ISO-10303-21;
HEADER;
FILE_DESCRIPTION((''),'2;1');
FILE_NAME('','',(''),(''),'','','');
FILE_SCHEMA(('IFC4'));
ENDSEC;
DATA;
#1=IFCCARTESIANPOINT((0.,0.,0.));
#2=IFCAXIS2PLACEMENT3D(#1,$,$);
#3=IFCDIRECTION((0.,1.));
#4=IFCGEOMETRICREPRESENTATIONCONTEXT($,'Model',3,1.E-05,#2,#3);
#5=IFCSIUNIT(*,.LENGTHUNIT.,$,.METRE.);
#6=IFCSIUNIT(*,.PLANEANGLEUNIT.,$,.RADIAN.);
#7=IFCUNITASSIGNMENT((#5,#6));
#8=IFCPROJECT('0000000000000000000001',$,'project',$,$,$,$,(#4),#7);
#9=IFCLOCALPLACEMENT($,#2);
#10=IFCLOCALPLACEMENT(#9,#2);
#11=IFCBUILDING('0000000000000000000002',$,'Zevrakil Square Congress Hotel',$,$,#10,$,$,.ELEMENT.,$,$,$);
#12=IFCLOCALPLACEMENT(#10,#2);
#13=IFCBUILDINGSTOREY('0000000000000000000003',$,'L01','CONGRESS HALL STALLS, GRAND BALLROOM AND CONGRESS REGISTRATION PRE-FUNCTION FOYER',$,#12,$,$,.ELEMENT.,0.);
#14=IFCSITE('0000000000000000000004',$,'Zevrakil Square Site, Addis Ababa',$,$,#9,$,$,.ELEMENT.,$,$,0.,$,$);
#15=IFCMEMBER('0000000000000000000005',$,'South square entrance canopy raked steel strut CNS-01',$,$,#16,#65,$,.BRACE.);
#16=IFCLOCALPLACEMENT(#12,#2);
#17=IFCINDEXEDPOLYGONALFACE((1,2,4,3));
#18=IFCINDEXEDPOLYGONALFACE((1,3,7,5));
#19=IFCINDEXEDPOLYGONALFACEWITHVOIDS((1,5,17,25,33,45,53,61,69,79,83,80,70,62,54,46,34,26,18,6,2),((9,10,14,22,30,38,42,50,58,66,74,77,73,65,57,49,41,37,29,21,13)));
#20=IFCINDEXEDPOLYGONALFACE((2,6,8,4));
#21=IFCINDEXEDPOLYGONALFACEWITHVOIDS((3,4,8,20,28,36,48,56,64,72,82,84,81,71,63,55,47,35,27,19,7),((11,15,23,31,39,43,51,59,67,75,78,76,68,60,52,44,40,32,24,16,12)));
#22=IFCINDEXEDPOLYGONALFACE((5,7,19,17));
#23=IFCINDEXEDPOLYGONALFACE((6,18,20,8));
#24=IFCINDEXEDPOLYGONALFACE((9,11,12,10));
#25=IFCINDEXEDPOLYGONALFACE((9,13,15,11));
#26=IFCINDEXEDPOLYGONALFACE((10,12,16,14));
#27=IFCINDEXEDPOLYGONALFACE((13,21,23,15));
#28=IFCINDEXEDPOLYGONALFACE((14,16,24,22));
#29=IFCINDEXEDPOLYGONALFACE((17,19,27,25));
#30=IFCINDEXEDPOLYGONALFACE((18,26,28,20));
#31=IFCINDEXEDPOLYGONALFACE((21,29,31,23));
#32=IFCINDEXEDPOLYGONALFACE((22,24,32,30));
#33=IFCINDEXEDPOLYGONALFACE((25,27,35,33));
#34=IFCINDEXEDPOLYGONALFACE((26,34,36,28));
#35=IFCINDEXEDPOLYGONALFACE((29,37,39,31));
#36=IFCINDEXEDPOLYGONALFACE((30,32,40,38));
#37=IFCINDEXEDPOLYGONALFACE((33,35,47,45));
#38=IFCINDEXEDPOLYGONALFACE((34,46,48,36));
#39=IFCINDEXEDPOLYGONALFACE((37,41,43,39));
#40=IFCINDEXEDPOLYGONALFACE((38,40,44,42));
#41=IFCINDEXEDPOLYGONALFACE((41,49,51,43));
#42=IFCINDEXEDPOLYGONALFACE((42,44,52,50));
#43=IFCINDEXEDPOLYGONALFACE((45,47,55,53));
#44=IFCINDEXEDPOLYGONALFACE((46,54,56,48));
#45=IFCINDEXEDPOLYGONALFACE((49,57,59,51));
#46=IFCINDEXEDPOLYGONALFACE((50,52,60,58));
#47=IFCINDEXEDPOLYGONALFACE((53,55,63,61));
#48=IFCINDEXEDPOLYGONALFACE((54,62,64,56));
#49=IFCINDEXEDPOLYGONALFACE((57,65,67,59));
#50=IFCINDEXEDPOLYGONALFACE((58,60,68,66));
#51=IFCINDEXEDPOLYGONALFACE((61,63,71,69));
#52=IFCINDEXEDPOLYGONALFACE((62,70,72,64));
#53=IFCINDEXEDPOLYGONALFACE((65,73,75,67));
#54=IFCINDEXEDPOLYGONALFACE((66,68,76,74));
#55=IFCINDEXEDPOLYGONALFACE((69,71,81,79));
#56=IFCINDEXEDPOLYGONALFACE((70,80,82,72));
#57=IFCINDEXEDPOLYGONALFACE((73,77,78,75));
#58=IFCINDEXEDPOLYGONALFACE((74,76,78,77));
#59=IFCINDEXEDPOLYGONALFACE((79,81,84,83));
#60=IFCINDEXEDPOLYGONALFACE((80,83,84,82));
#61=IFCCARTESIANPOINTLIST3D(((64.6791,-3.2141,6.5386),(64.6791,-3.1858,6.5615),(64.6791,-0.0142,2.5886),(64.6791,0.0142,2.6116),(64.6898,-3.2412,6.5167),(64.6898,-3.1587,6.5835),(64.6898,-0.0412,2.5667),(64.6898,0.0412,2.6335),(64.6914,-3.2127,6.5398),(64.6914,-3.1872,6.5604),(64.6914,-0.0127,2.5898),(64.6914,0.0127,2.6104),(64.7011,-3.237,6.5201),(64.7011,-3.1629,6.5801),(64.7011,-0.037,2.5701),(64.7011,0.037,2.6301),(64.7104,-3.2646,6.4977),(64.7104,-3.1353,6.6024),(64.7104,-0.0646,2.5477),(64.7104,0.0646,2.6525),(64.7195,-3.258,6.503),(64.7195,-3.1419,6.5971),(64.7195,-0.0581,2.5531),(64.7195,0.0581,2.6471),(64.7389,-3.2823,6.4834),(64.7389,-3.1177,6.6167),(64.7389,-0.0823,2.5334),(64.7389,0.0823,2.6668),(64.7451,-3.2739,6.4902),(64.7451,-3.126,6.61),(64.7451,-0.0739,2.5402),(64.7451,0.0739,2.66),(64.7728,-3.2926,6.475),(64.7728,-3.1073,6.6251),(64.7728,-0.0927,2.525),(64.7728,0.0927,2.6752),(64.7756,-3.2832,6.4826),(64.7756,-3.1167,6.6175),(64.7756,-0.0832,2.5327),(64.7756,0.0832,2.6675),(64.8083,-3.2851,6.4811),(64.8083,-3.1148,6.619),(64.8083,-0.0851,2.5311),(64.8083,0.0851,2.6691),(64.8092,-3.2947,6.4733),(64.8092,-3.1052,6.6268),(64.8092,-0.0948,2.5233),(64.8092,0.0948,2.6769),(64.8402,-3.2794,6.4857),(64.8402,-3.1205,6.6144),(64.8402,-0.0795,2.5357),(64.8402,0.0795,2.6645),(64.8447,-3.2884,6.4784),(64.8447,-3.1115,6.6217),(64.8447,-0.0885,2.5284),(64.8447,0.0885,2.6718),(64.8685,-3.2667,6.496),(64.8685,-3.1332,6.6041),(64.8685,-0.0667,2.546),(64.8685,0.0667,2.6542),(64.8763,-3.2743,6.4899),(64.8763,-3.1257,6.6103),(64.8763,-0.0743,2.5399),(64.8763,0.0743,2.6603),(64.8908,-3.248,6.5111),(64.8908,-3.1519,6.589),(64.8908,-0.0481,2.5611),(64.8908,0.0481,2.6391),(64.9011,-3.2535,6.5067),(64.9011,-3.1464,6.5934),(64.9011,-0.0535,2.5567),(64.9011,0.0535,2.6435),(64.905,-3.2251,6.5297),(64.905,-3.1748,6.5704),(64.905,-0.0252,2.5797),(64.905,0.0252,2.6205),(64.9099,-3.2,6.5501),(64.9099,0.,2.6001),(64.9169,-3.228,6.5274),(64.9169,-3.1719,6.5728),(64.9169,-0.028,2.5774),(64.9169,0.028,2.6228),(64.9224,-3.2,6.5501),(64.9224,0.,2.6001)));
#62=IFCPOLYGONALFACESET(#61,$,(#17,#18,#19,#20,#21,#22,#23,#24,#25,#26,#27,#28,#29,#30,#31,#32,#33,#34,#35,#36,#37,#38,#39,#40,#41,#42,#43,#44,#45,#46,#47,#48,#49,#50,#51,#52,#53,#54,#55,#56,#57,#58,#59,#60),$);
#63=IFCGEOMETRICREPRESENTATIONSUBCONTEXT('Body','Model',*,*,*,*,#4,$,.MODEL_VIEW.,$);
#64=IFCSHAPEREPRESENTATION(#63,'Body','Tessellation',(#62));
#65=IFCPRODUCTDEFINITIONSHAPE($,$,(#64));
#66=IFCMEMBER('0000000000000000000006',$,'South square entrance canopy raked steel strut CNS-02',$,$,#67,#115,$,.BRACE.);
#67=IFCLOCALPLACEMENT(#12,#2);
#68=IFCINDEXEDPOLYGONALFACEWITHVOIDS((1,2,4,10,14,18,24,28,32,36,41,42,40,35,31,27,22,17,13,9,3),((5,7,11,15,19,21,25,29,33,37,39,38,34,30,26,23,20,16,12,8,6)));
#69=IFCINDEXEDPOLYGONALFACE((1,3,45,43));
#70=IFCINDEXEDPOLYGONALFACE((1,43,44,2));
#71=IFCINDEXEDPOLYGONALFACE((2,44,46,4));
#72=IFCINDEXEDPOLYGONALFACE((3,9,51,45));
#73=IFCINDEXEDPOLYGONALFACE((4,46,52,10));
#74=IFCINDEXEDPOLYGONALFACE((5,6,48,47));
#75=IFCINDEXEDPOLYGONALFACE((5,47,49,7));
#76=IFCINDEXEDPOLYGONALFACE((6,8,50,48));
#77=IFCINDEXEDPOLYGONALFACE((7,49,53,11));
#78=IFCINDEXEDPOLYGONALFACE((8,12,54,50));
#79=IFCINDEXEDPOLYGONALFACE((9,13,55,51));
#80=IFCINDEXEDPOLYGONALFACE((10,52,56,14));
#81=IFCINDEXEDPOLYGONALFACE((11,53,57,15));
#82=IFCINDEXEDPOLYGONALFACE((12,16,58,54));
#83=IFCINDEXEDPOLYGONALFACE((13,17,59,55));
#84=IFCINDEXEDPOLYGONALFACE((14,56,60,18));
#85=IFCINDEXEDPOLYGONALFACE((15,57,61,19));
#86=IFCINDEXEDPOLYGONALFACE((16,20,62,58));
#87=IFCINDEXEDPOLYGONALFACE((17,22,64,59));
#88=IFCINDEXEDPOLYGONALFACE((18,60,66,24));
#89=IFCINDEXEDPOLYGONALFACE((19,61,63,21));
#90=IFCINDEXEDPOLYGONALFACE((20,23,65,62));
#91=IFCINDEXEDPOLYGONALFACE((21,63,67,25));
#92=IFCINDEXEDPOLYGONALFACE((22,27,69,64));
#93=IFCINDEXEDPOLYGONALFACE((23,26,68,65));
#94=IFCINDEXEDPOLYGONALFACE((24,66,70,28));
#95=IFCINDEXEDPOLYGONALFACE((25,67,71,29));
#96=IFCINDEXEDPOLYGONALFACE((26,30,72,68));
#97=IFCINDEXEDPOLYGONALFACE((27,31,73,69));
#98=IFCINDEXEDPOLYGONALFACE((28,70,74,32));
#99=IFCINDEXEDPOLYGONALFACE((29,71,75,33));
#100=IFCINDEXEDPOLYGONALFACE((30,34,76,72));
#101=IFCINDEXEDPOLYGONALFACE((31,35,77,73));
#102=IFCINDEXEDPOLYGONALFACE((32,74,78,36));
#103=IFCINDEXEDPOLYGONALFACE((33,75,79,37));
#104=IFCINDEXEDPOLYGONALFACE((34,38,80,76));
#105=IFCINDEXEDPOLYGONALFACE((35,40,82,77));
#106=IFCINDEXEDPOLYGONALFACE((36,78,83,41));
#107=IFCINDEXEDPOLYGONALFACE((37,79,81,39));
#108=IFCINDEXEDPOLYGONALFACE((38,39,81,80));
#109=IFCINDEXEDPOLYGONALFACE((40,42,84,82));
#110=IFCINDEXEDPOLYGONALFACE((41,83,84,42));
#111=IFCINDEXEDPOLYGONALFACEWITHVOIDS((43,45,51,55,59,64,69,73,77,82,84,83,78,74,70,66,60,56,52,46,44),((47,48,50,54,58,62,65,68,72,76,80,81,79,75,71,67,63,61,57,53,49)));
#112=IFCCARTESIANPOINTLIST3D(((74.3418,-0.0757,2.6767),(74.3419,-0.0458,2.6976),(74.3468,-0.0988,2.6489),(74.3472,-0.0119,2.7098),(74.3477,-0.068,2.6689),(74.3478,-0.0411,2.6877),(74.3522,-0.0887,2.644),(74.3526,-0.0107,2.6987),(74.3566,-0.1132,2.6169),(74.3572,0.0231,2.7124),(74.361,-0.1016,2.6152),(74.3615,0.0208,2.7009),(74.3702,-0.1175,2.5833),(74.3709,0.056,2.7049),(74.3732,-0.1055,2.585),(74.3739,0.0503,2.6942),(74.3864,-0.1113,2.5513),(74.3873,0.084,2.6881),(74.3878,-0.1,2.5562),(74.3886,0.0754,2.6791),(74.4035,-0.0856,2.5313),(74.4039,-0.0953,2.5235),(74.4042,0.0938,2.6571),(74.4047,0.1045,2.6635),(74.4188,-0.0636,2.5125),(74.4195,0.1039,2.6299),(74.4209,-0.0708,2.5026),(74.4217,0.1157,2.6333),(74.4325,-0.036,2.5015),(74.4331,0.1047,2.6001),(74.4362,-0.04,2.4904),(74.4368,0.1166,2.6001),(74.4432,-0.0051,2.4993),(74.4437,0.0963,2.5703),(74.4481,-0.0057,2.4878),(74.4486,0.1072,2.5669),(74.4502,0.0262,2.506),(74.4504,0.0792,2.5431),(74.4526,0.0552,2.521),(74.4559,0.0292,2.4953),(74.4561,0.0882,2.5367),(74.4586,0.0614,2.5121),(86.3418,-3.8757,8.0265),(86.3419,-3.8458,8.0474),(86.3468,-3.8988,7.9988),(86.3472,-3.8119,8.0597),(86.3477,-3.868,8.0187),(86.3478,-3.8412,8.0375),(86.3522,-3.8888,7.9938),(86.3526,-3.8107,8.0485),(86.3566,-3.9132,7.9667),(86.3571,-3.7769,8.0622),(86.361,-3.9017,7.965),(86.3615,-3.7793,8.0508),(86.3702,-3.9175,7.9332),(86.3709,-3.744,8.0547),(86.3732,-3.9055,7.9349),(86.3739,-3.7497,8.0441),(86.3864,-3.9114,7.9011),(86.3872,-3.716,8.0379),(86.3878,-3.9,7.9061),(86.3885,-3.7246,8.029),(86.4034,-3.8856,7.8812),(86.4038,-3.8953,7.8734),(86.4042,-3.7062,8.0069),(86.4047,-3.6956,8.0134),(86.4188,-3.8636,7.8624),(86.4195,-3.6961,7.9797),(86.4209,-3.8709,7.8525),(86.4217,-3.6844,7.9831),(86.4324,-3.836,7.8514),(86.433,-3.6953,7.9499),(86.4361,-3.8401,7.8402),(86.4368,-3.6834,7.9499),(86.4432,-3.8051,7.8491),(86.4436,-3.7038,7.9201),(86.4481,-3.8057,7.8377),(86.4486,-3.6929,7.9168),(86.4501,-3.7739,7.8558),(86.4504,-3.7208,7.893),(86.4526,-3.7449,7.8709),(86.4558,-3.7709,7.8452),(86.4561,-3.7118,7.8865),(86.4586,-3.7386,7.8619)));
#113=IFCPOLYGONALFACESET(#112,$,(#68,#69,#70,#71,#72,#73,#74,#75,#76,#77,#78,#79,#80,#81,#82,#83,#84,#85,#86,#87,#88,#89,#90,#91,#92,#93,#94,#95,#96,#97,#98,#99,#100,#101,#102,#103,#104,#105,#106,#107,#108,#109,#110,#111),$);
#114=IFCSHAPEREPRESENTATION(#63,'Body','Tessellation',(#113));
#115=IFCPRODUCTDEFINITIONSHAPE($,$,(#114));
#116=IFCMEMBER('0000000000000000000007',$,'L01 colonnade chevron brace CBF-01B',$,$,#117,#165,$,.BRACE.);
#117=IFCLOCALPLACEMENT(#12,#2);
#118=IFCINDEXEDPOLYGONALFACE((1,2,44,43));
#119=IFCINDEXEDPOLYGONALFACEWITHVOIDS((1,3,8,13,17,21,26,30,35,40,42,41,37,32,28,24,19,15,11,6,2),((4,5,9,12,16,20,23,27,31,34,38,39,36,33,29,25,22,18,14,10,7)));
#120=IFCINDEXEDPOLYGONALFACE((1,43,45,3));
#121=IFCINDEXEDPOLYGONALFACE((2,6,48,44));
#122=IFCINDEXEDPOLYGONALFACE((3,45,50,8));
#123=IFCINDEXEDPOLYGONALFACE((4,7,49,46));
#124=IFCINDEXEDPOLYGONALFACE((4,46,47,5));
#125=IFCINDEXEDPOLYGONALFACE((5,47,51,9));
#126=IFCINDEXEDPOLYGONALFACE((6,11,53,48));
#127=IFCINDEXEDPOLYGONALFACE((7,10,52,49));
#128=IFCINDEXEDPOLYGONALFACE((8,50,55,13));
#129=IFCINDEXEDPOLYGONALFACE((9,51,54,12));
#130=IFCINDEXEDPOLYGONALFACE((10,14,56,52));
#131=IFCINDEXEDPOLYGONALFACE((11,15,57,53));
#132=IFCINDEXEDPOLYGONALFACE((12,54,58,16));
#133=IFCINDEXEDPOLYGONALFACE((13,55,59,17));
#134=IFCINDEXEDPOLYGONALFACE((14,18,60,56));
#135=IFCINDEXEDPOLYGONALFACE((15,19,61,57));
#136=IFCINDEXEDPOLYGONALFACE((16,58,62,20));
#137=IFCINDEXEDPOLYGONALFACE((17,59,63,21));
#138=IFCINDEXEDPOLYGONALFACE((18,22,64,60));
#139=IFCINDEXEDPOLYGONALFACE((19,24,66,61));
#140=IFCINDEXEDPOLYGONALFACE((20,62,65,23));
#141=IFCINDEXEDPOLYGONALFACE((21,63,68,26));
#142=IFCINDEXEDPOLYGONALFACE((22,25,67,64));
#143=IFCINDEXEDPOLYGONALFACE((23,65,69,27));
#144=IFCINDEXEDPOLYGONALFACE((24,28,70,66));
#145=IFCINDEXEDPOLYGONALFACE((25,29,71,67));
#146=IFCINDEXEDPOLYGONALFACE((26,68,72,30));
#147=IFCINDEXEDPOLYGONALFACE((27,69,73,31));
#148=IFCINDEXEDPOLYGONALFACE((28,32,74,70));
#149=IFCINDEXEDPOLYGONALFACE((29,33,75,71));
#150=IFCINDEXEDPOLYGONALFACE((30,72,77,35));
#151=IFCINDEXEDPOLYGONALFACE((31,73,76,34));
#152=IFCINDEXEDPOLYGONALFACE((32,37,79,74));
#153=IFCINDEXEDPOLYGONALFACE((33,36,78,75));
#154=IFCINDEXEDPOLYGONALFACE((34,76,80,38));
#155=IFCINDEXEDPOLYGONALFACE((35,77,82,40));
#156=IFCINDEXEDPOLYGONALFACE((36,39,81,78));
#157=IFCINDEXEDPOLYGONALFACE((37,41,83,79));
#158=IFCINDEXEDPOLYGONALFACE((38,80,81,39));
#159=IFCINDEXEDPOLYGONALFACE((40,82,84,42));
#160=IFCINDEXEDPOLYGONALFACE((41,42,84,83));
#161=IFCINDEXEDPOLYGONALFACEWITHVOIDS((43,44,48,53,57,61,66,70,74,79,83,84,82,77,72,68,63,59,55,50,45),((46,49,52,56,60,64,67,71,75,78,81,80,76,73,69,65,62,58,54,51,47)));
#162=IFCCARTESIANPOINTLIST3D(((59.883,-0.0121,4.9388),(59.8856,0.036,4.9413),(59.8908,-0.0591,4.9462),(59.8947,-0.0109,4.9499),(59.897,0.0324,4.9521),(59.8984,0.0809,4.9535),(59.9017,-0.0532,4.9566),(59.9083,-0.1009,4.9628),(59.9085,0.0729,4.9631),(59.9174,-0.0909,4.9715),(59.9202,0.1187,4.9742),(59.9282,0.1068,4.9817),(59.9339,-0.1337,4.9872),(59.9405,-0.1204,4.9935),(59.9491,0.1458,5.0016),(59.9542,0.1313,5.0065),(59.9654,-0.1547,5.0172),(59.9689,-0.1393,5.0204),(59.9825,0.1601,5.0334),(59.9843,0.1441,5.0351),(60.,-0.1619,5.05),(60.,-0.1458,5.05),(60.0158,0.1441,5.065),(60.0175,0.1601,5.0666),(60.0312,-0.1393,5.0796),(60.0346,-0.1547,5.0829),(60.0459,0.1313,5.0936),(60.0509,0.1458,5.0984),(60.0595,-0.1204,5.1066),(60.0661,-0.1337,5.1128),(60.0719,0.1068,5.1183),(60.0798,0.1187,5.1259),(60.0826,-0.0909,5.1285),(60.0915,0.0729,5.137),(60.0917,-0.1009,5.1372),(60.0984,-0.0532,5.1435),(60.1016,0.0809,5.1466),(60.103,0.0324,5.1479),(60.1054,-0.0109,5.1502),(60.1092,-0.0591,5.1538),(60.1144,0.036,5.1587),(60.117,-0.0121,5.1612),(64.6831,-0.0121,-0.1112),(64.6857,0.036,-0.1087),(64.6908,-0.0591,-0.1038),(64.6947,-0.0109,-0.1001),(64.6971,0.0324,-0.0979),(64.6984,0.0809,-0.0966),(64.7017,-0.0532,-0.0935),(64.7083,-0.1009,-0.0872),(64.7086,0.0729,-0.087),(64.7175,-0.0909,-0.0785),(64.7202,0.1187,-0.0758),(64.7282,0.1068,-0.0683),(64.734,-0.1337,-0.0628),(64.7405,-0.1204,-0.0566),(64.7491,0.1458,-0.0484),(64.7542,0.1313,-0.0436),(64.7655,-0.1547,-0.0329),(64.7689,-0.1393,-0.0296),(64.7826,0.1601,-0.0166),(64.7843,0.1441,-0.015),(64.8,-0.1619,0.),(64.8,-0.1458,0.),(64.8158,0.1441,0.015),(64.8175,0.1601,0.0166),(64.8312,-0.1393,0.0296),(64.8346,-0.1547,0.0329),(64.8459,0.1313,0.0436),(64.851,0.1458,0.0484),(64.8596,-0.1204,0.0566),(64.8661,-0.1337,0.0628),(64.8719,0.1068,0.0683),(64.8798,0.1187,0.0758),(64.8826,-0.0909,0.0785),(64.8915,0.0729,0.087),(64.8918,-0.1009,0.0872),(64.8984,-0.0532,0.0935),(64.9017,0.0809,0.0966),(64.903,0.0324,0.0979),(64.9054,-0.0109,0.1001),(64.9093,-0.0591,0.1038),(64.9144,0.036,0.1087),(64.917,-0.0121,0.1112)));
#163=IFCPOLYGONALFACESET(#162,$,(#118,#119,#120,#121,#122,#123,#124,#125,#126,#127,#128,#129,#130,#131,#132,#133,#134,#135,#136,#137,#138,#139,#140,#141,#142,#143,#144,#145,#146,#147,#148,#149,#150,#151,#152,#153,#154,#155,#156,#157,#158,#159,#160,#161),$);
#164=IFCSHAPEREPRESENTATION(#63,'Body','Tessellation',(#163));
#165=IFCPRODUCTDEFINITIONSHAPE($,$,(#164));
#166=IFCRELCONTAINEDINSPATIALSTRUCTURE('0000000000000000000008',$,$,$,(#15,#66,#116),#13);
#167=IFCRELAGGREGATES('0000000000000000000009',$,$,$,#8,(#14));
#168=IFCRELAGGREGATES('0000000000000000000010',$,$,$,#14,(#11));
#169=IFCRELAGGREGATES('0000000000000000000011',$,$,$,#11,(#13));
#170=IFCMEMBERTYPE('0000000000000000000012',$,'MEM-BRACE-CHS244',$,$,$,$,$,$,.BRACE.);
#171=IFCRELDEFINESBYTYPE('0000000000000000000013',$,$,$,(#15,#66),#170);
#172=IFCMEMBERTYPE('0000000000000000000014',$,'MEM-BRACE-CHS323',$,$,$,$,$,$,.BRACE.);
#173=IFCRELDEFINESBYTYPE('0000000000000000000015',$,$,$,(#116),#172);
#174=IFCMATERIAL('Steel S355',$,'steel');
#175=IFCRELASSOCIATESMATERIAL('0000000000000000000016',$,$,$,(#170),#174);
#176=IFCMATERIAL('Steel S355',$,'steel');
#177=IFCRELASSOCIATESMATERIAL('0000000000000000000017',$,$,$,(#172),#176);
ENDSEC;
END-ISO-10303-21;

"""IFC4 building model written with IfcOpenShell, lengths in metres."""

from ifc_helpers import new_model, si_unit, direction, frame, origin, origin_2d, place, context, subcontext, project, spatial, hollow_circle, extrude, material, material_profile, profile_set, type_object, element, save


model = new_model("IFC4")

# Units and contexts
model_context = context("Model", 3, precision=1e-05, world=origin(), true_north=direction((0.0, 1.0)))
body_context = subcontext(model_context, "Body", "Model", "MODEL_VIEW")
ifc_project = project(units=[si_unit("LENGTHUNIT", "METRE"), si_unit("PLANEANGLEUNIT", "RADIAN")], contexts=[model_context])

# Site, building, storey
site_placement = place(None, origin())
site = spatial("IfcSite", under=ifc_project, at=site_placement, Name="Zevrakil Square Site, Addis Ababa", CompositionType="ELEMENT", RefElevation=0.0)
building_placement = place(site_placement, origin())
building = spatial("IfcBuilding", under=site, at=building_placement, Name="Zevrakil Square Congress Hotel", CompositionType="ELEMENT")
storey_placement = place(building_placement, origin())
storey = spatial("IfcBuildingStorey", under=building, at=storey_placement, Name="L01", Description="CONGRESS HALL STALLS, GRAND BALLROOM AND CONGRESS REGISTRATION PRE-FUNCTION FOYER", CompositionType="ELEMENT", Elevation=0.0)

# Members
ifc_material_1 = material(Name="Steel S355", Category="steel")
ifc_material_profile_1 = material_profile(ifc_material_1, hollow_circle(Radius=0.1223, WallThickness=0.0125, at=origin_2d()), Name="CHS 244.5x12.5")
ifc_profile_set_1 = profile_set([ifc_material_profile_1], Name="Steel S355")
member_type_1 = type_object("IfcMemberType", Name="MEM-BRACE-CHS244", PredefinedType="BRACE", material=ifc_profile_set_1)
member_1_placement = place(storey_placement, frame((64.8, 0.0, 2.6001), z_axis=(0.0, -0.62948, 0.777017), x_axis=(1.0, 0.0, 0.0)))
element("IfcMember", 1, at=member_1_placement, inside=storey, type_object=member_type_1, Name="South square entrance canopy raked steel strut CNS-01", PredefinedType="BRACE", context=body_context, shape_type="SweptSolid", body=[
    extrude(hollow_circle(Radius=0.1223, WallThickness=0.0125, at=origin_2d()), origin(), (0.0, 0.0, 1.0), 5.0835),
])
member_2_placement = place(storey_placement, frame((74.3999, 0.0, 2.6001), z_axis=(0.877383, -0.277842, 0.391156), x_axis=(0.301895, 0.953341, 0.0)))
element("IfcMember", 2, at=member_2_placement, inside=storey, type_object=member_type_1, Name="South square entrance canopy raked steel strut CNS-02", PredefinedType="BRACE", context=body_context, shape_type="SweptSolid", body=[
    extrude(hollow_circle(Radius=0.1223, WallThickness=0.0125, at=origin_2d()), origin(), (0.0, 0.0, 1.0), 13.677),
])
ifc_material_2 = material(Name="Steel S355", Category="steel")
ifc_material_profile_2 = material_profile(ifc_material_2, hollow_circle(Radius=0.1619, WallThickness=0.0161, at=origin_2d()), Name="CHS 323.9x16")
ifc_profile_set_2 = profile_set([ifc_material_profile_2], Name="Steel S355")
member_type_2 = type_object("IfcMemberType", Name="MEM-BRACE-CHS323", PredefinedType="BRACE", material=ifc_profile_set_2)
member_3_placement = place(storey_placement, frame((64.8, 0.0, 0.0), z_axis=(-0.688938, 0.0, 0.72482), x_axis=(0.0, -1.0, 0.0)))
element("IfcMember", 3, at=member_3_placement, inside=storey, type_object=member_type_2, Name="L01 colonnade chevron brace CBF-01B", PredefinedType="BRACE", context=body_context, shape_type="SweptSolid", body=[
    extrude(hollow_circle(Radius=0.1619, WallThickness=0.0161, at=origin_2d()), origin(), (0.0, 0.0, 1.0), 6.9673),
])

save(model, "model.ifc")
